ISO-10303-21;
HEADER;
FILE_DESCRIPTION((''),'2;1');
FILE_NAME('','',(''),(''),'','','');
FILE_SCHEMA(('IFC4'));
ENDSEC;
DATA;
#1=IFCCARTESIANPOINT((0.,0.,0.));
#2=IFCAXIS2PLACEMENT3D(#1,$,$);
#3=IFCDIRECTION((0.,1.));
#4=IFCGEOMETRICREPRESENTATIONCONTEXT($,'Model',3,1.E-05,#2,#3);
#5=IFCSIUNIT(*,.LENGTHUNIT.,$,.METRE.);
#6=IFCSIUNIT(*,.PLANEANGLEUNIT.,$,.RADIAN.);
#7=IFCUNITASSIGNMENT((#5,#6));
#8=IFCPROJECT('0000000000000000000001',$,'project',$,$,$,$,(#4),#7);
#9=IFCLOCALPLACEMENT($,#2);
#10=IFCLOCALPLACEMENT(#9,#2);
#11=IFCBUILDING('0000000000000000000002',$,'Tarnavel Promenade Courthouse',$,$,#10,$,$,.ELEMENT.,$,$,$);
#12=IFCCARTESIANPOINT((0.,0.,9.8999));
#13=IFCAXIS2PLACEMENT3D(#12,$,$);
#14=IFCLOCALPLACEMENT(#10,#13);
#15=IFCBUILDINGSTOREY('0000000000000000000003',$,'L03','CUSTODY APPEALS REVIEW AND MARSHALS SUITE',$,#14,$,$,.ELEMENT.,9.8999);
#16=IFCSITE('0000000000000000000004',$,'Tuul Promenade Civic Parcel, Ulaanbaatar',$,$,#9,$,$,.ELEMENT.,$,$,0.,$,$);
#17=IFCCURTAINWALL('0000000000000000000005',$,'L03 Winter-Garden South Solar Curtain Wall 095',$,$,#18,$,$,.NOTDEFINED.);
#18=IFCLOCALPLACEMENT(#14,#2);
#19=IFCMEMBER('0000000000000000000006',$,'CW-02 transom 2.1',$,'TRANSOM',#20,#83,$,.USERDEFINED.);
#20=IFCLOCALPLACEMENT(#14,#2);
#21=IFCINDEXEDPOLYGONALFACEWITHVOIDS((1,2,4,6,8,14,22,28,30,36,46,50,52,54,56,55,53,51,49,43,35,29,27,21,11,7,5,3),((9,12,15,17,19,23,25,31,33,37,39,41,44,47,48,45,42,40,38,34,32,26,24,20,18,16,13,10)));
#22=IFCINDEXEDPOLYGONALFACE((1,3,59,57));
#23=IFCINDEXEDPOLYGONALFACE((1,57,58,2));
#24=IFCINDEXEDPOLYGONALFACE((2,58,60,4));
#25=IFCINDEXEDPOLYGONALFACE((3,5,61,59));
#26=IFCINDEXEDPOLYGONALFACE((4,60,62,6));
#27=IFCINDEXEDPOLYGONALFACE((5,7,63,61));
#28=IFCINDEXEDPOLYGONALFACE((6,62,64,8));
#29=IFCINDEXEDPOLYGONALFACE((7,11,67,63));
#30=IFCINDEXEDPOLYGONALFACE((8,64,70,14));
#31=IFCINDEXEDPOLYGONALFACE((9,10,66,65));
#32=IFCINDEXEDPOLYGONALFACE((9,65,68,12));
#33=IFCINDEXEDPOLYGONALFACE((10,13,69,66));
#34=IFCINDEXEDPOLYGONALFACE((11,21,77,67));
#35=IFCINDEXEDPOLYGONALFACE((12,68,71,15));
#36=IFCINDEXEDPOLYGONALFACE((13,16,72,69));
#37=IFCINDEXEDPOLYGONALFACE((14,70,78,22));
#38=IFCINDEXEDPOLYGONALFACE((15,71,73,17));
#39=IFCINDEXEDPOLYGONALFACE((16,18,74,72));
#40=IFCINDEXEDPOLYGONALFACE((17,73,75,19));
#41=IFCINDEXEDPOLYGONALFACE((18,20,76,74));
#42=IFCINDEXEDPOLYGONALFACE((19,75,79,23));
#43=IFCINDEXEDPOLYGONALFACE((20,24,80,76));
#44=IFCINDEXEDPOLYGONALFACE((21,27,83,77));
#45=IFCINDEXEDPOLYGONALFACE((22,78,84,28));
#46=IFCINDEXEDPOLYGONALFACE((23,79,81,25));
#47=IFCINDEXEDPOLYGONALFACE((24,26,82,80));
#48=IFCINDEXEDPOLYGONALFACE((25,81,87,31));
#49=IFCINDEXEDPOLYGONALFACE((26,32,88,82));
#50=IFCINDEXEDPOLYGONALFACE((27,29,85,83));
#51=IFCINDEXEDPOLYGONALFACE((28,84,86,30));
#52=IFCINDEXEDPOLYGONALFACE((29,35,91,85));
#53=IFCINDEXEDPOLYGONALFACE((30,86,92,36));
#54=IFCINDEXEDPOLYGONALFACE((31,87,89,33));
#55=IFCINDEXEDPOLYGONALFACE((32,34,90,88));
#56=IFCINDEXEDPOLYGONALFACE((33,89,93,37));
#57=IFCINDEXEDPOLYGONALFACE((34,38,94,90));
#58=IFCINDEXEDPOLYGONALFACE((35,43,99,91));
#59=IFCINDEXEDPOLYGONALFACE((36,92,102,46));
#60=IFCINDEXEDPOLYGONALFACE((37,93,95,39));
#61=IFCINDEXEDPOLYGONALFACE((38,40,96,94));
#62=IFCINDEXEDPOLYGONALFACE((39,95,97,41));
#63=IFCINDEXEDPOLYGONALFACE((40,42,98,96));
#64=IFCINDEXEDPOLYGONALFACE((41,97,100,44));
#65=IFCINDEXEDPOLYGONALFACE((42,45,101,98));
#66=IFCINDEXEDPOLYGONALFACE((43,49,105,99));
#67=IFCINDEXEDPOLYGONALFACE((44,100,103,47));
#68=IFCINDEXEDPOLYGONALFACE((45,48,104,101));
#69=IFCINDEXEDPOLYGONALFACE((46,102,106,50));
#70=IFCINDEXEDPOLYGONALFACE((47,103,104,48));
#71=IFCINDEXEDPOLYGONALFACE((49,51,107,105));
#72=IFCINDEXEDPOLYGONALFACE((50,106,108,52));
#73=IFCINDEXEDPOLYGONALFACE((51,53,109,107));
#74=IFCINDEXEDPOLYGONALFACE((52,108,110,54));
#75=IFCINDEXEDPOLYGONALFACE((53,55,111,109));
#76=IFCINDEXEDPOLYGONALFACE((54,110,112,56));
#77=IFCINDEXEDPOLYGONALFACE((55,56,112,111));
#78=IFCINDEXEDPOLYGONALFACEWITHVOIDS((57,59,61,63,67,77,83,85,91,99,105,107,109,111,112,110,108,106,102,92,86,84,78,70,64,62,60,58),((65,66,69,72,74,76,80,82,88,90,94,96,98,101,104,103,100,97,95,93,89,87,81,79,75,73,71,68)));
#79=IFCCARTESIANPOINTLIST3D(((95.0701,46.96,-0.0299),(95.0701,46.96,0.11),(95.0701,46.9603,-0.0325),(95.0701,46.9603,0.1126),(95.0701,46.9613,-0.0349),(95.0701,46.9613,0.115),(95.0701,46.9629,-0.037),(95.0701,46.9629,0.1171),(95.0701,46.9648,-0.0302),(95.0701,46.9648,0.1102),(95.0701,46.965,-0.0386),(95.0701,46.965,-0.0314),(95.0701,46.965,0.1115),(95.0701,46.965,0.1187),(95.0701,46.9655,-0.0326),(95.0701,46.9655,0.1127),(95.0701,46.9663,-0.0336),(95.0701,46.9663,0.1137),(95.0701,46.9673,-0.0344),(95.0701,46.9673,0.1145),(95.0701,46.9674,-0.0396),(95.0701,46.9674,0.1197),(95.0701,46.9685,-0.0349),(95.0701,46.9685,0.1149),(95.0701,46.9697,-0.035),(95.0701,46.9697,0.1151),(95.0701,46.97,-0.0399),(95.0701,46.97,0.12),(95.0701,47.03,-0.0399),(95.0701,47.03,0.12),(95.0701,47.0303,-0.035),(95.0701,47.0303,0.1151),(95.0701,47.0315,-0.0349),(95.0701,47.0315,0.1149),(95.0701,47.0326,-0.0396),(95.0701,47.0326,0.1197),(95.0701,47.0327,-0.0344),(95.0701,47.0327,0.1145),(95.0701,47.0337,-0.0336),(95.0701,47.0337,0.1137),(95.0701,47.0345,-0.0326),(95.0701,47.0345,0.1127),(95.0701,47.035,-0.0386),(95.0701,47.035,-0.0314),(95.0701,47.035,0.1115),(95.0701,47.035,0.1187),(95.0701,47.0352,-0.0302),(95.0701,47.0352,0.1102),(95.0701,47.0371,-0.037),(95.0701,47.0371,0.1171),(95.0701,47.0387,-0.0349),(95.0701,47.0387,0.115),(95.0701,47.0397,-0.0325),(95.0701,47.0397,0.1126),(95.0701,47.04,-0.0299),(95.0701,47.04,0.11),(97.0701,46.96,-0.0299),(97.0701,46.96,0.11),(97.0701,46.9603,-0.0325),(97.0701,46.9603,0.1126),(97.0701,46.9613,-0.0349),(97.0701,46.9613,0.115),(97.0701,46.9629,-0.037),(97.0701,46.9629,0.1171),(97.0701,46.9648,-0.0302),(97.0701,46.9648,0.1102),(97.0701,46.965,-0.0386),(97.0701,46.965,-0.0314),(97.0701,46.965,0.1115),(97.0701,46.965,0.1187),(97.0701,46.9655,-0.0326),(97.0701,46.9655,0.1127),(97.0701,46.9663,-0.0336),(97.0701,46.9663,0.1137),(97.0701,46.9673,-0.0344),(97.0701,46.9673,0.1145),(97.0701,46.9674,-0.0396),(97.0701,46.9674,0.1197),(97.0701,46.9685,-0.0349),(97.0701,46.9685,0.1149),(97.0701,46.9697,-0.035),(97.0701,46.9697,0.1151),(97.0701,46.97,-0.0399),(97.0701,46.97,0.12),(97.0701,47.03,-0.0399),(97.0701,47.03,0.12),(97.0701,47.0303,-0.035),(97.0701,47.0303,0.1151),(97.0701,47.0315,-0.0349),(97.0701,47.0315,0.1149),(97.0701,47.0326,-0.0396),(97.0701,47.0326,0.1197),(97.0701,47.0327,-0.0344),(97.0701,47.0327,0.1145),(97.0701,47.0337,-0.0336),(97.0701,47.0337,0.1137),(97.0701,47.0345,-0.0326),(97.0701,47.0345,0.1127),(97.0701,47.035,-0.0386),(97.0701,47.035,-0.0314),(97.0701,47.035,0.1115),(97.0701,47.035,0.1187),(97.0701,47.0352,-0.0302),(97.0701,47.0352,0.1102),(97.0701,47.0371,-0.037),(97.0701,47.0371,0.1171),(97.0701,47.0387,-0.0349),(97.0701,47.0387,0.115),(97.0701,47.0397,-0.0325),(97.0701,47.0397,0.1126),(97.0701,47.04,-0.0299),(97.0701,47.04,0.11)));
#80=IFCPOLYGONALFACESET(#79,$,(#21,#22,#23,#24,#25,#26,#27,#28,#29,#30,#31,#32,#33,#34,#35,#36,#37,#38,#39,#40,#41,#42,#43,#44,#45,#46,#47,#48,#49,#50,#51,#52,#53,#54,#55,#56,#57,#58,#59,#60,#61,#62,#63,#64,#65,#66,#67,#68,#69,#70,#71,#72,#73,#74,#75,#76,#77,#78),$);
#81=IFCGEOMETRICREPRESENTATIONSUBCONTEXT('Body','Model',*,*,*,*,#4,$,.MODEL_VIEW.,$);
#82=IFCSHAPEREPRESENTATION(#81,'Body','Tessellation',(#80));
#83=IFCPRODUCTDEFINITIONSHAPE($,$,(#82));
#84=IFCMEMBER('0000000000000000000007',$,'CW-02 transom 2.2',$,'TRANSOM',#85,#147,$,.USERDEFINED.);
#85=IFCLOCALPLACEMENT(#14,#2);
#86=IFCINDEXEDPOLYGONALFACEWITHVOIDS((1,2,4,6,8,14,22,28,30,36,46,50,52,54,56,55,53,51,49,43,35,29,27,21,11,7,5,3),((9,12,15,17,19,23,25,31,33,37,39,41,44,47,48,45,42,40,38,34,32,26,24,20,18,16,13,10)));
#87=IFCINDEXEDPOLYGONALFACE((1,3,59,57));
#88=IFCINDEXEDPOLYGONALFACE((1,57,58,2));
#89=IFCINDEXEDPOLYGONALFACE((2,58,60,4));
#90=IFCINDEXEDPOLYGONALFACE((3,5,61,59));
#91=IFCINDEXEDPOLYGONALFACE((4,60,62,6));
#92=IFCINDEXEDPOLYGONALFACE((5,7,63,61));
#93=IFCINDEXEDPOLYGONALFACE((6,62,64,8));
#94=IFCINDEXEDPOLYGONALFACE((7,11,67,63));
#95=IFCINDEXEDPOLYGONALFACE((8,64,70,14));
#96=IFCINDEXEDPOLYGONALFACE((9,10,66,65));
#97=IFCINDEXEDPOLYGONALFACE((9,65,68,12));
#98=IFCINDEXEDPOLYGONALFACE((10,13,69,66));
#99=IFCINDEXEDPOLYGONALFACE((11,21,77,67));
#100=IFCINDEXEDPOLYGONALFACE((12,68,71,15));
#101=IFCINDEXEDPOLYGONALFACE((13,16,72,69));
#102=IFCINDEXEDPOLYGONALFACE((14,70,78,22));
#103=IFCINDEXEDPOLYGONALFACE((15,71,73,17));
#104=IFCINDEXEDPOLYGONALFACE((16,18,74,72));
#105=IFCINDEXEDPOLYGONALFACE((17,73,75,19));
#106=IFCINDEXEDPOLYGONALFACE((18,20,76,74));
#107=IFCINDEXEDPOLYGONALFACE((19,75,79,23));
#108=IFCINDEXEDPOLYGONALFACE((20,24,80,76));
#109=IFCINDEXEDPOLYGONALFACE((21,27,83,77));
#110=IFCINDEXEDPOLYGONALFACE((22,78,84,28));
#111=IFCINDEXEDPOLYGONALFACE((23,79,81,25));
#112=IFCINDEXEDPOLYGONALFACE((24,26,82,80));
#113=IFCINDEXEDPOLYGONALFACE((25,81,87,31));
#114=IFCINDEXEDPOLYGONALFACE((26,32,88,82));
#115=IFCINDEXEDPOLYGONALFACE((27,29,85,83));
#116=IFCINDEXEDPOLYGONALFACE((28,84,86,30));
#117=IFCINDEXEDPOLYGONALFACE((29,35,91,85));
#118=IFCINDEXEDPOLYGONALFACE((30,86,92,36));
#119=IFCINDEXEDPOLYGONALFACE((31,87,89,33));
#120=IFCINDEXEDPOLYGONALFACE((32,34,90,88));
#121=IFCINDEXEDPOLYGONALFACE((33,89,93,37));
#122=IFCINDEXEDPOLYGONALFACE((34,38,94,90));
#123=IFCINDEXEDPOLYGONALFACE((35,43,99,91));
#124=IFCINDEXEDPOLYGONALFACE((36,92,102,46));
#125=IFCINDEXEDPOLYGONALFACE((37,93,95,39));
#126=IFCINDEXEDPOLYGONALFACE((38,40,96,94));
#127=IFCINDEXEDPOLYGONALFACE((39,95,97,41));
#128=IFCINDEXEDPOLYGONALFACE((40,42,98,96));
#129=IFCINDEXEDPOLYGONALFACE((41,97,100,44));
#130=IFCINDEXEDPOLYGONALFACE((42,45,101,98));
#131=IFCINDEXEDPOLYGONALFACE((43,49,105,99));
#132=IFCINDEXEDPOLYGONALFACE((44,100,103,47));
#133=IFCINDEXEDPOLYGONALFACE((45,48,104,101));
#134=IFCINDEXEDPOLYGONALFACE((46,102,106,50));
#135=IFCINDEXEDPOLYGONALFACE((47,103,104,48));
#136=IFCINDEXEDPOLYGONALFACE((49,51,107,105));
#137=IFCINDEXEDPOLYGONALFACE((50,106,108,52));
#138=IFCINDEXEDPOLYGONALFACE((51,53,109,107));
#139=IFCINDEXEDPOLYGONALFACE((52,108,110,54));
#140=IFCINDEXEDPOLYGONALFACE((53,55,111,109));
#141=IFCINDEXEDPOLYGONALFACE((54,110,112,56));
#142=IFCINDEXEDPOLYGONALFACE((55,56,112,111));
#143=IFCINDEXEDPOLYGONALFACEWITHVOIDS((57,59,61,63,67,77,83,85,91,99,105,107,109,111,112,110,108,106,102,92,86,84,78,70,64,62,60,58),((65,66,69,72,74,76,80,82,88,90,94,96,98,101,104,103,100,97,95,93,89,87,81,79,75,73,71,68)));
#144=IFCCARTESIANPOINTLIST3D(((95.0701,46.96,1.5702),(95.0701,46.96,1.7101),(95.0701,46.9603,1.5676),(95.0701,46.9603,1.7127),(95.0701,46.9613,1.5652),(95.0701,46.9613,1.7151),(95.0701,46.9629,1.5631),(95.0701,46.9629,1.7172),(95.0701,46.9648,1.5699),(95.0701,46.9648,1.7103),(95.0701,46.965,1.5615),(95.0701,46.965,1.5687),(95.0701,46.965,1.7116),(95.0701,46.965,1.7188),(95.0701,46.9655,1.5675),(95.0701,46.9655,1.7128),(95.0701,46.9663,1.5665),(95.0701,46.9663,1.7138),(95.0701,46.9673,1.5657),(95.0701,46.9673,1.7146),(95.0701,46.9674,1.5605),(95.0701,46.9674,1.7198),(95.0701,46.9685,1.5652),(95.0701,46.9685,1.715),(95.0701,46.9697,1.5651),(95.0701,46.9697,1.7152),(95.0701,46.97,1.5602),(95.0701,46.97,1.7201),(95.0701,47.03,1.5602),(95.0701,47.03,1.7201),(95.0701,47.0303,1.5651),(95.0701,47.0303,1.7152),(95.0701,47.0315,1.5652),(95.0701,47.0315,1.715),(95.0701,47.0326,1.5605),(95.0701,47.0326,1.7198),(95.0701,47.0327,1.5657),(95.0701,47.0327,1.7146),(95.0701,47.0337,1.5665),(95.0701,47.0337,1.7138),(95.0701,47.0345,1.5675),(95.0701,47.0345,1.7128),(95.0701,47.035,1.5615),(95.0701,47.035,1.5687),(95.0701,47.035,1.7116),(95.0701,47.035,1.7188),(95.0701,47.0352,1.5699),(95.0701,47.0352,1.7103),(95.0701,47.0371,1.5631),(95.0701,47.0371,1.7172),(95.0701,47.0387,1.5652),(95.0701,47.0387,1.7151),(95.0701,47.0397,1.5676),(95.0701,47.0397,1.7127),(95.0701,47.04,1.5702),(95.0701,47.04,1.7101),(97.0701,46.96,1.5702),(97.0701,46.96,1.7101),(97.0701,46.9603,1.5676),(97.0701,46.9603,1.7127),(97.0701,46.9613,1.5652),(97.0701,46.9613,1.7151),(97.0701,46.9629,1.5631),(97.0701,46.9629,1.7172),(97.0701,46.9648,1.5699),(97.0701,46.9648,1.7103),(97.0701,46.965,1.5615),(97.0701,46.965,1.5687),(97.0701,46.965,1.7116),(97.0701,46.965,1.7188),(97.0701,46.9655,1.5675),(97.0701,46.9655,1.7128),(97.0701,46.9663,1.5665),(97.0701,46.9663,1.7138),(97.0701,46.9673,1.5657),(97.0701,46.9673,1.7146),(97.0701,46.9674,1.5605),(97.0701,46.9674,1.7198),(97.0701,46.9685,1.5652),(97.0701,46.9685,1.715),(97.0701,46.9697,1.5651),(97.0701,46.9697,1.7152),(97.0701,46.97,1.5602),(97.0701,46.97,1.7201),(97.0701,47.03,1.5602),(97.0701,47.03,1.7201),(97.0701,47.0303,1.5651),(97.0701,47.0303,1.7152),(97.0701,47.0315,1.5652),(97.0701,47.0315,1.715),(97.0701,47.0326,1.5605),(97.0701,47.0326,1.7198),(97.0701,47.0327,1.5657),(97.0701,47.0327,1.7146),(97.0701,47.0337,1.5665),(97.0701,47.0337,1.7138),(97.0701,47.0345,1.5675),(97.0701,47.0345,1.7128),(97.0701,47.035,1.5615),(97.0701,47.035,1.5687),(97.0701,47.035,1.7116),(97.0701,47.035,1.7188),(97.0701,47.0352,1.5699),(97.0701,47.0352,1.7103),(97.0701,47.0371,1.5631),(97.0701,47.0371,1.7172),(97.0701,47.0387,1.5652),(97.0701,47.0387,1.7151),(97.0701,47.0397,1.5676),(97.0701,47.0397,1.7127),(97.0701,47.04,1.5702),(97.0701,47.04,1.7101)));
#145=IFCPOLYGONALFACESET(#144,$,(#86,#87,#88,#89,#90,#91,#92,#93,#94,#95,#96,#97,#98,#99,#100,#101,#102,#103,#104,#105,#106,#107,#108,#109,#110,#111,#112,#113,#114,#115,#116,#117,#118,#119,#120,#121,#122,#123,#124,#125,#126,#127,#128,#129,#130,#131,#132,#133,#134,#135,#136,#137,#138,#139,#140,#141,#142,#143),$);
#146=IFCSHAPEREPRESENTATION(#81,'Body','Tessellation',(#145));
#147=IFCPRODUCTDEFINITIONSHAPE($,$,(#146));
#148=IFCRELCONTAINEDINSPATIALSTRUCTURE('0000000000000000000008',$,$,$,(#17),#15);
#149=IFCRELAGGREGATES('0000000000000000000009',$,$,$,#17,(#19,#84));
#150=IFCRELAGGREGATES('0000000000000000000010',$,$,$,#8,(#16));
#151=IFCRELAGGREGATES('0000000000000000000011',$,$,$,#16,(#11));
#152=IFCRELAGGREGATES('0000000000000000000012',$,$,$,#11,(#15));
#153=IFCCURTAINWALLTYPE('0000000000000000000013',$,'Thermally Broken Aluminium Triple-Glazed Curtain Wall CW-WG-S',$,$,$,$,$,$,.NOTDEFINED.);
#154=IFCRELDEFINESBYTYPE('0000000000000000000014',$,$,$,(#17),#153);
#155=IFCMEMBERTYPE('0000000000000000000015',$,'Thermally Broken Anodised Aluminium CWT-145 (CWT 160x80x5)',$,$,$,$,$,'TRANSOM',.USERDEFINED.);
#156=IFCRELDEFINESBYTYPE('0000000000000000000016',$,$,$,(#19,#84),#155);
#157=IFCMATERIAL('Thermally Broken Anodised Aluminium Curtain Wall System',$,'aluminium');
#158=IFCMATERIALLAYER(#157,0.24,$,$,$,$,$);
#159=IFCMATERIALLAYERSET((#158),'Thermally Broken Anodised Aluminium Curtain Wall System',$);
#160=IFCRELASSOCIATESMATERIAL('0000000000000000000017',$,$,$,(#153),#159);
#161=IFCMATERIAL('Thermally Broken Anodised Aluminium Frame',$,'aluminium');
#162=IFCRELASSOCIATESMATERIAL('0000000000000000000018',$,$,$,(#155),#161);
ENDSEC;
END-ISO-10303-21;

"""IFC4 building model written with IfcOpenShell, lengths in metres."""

from ifc_helpers import new_model, si_unit, direction, frame, origin, origin_2d, place, context, subcontext, project, spatial, hollow_rectangle, extrude, material, layer, layer_set, material_profile, profile_set, type_object, element, aggregate, save


model = new_model("IFC4")

# Units and contexts
model_context = context("Model", 3, precision=1e-05, world=origin(), true_north=direction((0.0, 1.0)))
body_context = subcontext(model_context, "Body", "Model", "MODEL_VIEW")
ifc_project = project(units=[si_unit("LENGTHUNIT", "METRE"), si_unit("PLANEANGLEUNIT", "RADIAN")], contexts=[model_context])

# Site, building, storey
site_placement = place(None, origin())
site = spatial("IfcSite", under=ifc_project, at=site_placement, Name="Tuul Promenade Civic Parcel, Ulaanbaatar", CompositionType="ELEMENT", RefElevation=0.0)
building_placement = place(site_placement, origin())
building = spatial("IfcBuilding", under=site, at=building_placement, Name="Tarnavel Promenade Courthouse", CompositionType="ELEMENT")
storey_placement = place(building_placement, frame((0.0, 0.0, 9.8999)))
storey = spatial("IfcBuildingStorey", under=building, at=storey_placement, Name="L03", Description="CUSTODY APPEALS REVIEW AND MARSHALS SUITE", CompositionType="ELEMENT", Elevation=9.8999)

# Shared definitions
ifc_material_1 = material(Name="Thermally Broken Anodised Aluminium Curtain Wall System", Category="aluminium")
ifc_layer_1 = layer(ifc_material_1, 0.24)
ifc_layer_set_1 = layer_set([ifc_layer_1], Name="Thermally Broken Anodised Aluminium Curtain Wall System")
curtain_wall_type = type_object("IfcCurtainWallType", Name="Thermally Broken Aluminium Triple-Glazed Curtain Wall CW-WG-S", PredefinedType="NOTDEFINED", material=ifc_layer_set_1)
ifc_material_2 = material(Name="Thermally Broken Anodised Aluminium Frame", Category="aluminium")

# Curtain wall, members
curtain_wall_1_placement = place(storey_placement, origin())
curtain_wall_1 = element("IfcCurtainWall", 1, at=curtain_wall_1_placement, inside=storey, type_object=curtain_wall_type, Name="L03 Winter-Garden South Solar Curtain Wall 095", PredefinedType="NOTDEFINED")
ifc_material_profile_1 = material_profile(ifc_material_2, hollow_rectangle(XDim=0.0801, YDim=0.1599, WallThickness=0.0049, InnerFilletRadius=0.0049, OuterFilletRadius=0.01, at=origin_2d()), Name="CWT 160x80x5")
ifc_profile_set_1 = profile_set([ifc_material_profile_1], Name="Thermally Broken Anodised Aluminium Frame")
member_type_1 = type_object("IfcMemberType", Name="Thermally Broken Anodised Aluminium CWT-145 (CWT 160x80x5)", ElementType="TRANSOM", PredefinedType="USERDEFINED", material=ifc_profile_set_1)
member_1_placement = place(storey_placement, frame((95.0701, 47.0, 0.04), z_axis=(1.0, 0.0, 0.0), x_axis=(0.0, 1.0, 0.0)))
member_1 = element("IfcMember", 2, at=member_1_placement, type_object=member_type_1, Name="CW-02 transom 2.1", ObjectType="TRANSOM", PredefinedType="USERDEFINED", context=body_context, shape_type="SweptSolid", body=[
    extrude(hollow_rectangle(XDim=0.0801, YDim=0.1599, WallThickness=0.0049, InnerFilletRadius=0.0049, OuterFilletRadius=0.01, at=origin_2d()), origin(), (0.0, 0.0, 1.0), 2.0),
])
member_2_placement = place(storey_placement, frame((95.0701, 47.0, 1.6401), z_axis=(1.0, 0.0, 0.0), x_axis=(0.0, 1.0, 0.0)))
member_2 = element("IfcMember", 3, at=member_2_placement, type_object=member_type_1, Name="CW-02 transom 2.2", ObjectType="TRANSOM", PredefinedType="USERDEFINED", context=body_context, shape_type="SweptSolid", body=[
    extrude(hollow_rectangle(XDim=0.0801, YDim=0.1599, WallThickness=0.0049, InnerFilletRadius=0.0049, OuterFilletRadius=0.01, at=origin_2d()), origin(), (0.0, 0.0, 1.0), 2.0),
])

aggregate(curtain_wall_1, [member_1, member_2])

save(model, "model.ifc")
